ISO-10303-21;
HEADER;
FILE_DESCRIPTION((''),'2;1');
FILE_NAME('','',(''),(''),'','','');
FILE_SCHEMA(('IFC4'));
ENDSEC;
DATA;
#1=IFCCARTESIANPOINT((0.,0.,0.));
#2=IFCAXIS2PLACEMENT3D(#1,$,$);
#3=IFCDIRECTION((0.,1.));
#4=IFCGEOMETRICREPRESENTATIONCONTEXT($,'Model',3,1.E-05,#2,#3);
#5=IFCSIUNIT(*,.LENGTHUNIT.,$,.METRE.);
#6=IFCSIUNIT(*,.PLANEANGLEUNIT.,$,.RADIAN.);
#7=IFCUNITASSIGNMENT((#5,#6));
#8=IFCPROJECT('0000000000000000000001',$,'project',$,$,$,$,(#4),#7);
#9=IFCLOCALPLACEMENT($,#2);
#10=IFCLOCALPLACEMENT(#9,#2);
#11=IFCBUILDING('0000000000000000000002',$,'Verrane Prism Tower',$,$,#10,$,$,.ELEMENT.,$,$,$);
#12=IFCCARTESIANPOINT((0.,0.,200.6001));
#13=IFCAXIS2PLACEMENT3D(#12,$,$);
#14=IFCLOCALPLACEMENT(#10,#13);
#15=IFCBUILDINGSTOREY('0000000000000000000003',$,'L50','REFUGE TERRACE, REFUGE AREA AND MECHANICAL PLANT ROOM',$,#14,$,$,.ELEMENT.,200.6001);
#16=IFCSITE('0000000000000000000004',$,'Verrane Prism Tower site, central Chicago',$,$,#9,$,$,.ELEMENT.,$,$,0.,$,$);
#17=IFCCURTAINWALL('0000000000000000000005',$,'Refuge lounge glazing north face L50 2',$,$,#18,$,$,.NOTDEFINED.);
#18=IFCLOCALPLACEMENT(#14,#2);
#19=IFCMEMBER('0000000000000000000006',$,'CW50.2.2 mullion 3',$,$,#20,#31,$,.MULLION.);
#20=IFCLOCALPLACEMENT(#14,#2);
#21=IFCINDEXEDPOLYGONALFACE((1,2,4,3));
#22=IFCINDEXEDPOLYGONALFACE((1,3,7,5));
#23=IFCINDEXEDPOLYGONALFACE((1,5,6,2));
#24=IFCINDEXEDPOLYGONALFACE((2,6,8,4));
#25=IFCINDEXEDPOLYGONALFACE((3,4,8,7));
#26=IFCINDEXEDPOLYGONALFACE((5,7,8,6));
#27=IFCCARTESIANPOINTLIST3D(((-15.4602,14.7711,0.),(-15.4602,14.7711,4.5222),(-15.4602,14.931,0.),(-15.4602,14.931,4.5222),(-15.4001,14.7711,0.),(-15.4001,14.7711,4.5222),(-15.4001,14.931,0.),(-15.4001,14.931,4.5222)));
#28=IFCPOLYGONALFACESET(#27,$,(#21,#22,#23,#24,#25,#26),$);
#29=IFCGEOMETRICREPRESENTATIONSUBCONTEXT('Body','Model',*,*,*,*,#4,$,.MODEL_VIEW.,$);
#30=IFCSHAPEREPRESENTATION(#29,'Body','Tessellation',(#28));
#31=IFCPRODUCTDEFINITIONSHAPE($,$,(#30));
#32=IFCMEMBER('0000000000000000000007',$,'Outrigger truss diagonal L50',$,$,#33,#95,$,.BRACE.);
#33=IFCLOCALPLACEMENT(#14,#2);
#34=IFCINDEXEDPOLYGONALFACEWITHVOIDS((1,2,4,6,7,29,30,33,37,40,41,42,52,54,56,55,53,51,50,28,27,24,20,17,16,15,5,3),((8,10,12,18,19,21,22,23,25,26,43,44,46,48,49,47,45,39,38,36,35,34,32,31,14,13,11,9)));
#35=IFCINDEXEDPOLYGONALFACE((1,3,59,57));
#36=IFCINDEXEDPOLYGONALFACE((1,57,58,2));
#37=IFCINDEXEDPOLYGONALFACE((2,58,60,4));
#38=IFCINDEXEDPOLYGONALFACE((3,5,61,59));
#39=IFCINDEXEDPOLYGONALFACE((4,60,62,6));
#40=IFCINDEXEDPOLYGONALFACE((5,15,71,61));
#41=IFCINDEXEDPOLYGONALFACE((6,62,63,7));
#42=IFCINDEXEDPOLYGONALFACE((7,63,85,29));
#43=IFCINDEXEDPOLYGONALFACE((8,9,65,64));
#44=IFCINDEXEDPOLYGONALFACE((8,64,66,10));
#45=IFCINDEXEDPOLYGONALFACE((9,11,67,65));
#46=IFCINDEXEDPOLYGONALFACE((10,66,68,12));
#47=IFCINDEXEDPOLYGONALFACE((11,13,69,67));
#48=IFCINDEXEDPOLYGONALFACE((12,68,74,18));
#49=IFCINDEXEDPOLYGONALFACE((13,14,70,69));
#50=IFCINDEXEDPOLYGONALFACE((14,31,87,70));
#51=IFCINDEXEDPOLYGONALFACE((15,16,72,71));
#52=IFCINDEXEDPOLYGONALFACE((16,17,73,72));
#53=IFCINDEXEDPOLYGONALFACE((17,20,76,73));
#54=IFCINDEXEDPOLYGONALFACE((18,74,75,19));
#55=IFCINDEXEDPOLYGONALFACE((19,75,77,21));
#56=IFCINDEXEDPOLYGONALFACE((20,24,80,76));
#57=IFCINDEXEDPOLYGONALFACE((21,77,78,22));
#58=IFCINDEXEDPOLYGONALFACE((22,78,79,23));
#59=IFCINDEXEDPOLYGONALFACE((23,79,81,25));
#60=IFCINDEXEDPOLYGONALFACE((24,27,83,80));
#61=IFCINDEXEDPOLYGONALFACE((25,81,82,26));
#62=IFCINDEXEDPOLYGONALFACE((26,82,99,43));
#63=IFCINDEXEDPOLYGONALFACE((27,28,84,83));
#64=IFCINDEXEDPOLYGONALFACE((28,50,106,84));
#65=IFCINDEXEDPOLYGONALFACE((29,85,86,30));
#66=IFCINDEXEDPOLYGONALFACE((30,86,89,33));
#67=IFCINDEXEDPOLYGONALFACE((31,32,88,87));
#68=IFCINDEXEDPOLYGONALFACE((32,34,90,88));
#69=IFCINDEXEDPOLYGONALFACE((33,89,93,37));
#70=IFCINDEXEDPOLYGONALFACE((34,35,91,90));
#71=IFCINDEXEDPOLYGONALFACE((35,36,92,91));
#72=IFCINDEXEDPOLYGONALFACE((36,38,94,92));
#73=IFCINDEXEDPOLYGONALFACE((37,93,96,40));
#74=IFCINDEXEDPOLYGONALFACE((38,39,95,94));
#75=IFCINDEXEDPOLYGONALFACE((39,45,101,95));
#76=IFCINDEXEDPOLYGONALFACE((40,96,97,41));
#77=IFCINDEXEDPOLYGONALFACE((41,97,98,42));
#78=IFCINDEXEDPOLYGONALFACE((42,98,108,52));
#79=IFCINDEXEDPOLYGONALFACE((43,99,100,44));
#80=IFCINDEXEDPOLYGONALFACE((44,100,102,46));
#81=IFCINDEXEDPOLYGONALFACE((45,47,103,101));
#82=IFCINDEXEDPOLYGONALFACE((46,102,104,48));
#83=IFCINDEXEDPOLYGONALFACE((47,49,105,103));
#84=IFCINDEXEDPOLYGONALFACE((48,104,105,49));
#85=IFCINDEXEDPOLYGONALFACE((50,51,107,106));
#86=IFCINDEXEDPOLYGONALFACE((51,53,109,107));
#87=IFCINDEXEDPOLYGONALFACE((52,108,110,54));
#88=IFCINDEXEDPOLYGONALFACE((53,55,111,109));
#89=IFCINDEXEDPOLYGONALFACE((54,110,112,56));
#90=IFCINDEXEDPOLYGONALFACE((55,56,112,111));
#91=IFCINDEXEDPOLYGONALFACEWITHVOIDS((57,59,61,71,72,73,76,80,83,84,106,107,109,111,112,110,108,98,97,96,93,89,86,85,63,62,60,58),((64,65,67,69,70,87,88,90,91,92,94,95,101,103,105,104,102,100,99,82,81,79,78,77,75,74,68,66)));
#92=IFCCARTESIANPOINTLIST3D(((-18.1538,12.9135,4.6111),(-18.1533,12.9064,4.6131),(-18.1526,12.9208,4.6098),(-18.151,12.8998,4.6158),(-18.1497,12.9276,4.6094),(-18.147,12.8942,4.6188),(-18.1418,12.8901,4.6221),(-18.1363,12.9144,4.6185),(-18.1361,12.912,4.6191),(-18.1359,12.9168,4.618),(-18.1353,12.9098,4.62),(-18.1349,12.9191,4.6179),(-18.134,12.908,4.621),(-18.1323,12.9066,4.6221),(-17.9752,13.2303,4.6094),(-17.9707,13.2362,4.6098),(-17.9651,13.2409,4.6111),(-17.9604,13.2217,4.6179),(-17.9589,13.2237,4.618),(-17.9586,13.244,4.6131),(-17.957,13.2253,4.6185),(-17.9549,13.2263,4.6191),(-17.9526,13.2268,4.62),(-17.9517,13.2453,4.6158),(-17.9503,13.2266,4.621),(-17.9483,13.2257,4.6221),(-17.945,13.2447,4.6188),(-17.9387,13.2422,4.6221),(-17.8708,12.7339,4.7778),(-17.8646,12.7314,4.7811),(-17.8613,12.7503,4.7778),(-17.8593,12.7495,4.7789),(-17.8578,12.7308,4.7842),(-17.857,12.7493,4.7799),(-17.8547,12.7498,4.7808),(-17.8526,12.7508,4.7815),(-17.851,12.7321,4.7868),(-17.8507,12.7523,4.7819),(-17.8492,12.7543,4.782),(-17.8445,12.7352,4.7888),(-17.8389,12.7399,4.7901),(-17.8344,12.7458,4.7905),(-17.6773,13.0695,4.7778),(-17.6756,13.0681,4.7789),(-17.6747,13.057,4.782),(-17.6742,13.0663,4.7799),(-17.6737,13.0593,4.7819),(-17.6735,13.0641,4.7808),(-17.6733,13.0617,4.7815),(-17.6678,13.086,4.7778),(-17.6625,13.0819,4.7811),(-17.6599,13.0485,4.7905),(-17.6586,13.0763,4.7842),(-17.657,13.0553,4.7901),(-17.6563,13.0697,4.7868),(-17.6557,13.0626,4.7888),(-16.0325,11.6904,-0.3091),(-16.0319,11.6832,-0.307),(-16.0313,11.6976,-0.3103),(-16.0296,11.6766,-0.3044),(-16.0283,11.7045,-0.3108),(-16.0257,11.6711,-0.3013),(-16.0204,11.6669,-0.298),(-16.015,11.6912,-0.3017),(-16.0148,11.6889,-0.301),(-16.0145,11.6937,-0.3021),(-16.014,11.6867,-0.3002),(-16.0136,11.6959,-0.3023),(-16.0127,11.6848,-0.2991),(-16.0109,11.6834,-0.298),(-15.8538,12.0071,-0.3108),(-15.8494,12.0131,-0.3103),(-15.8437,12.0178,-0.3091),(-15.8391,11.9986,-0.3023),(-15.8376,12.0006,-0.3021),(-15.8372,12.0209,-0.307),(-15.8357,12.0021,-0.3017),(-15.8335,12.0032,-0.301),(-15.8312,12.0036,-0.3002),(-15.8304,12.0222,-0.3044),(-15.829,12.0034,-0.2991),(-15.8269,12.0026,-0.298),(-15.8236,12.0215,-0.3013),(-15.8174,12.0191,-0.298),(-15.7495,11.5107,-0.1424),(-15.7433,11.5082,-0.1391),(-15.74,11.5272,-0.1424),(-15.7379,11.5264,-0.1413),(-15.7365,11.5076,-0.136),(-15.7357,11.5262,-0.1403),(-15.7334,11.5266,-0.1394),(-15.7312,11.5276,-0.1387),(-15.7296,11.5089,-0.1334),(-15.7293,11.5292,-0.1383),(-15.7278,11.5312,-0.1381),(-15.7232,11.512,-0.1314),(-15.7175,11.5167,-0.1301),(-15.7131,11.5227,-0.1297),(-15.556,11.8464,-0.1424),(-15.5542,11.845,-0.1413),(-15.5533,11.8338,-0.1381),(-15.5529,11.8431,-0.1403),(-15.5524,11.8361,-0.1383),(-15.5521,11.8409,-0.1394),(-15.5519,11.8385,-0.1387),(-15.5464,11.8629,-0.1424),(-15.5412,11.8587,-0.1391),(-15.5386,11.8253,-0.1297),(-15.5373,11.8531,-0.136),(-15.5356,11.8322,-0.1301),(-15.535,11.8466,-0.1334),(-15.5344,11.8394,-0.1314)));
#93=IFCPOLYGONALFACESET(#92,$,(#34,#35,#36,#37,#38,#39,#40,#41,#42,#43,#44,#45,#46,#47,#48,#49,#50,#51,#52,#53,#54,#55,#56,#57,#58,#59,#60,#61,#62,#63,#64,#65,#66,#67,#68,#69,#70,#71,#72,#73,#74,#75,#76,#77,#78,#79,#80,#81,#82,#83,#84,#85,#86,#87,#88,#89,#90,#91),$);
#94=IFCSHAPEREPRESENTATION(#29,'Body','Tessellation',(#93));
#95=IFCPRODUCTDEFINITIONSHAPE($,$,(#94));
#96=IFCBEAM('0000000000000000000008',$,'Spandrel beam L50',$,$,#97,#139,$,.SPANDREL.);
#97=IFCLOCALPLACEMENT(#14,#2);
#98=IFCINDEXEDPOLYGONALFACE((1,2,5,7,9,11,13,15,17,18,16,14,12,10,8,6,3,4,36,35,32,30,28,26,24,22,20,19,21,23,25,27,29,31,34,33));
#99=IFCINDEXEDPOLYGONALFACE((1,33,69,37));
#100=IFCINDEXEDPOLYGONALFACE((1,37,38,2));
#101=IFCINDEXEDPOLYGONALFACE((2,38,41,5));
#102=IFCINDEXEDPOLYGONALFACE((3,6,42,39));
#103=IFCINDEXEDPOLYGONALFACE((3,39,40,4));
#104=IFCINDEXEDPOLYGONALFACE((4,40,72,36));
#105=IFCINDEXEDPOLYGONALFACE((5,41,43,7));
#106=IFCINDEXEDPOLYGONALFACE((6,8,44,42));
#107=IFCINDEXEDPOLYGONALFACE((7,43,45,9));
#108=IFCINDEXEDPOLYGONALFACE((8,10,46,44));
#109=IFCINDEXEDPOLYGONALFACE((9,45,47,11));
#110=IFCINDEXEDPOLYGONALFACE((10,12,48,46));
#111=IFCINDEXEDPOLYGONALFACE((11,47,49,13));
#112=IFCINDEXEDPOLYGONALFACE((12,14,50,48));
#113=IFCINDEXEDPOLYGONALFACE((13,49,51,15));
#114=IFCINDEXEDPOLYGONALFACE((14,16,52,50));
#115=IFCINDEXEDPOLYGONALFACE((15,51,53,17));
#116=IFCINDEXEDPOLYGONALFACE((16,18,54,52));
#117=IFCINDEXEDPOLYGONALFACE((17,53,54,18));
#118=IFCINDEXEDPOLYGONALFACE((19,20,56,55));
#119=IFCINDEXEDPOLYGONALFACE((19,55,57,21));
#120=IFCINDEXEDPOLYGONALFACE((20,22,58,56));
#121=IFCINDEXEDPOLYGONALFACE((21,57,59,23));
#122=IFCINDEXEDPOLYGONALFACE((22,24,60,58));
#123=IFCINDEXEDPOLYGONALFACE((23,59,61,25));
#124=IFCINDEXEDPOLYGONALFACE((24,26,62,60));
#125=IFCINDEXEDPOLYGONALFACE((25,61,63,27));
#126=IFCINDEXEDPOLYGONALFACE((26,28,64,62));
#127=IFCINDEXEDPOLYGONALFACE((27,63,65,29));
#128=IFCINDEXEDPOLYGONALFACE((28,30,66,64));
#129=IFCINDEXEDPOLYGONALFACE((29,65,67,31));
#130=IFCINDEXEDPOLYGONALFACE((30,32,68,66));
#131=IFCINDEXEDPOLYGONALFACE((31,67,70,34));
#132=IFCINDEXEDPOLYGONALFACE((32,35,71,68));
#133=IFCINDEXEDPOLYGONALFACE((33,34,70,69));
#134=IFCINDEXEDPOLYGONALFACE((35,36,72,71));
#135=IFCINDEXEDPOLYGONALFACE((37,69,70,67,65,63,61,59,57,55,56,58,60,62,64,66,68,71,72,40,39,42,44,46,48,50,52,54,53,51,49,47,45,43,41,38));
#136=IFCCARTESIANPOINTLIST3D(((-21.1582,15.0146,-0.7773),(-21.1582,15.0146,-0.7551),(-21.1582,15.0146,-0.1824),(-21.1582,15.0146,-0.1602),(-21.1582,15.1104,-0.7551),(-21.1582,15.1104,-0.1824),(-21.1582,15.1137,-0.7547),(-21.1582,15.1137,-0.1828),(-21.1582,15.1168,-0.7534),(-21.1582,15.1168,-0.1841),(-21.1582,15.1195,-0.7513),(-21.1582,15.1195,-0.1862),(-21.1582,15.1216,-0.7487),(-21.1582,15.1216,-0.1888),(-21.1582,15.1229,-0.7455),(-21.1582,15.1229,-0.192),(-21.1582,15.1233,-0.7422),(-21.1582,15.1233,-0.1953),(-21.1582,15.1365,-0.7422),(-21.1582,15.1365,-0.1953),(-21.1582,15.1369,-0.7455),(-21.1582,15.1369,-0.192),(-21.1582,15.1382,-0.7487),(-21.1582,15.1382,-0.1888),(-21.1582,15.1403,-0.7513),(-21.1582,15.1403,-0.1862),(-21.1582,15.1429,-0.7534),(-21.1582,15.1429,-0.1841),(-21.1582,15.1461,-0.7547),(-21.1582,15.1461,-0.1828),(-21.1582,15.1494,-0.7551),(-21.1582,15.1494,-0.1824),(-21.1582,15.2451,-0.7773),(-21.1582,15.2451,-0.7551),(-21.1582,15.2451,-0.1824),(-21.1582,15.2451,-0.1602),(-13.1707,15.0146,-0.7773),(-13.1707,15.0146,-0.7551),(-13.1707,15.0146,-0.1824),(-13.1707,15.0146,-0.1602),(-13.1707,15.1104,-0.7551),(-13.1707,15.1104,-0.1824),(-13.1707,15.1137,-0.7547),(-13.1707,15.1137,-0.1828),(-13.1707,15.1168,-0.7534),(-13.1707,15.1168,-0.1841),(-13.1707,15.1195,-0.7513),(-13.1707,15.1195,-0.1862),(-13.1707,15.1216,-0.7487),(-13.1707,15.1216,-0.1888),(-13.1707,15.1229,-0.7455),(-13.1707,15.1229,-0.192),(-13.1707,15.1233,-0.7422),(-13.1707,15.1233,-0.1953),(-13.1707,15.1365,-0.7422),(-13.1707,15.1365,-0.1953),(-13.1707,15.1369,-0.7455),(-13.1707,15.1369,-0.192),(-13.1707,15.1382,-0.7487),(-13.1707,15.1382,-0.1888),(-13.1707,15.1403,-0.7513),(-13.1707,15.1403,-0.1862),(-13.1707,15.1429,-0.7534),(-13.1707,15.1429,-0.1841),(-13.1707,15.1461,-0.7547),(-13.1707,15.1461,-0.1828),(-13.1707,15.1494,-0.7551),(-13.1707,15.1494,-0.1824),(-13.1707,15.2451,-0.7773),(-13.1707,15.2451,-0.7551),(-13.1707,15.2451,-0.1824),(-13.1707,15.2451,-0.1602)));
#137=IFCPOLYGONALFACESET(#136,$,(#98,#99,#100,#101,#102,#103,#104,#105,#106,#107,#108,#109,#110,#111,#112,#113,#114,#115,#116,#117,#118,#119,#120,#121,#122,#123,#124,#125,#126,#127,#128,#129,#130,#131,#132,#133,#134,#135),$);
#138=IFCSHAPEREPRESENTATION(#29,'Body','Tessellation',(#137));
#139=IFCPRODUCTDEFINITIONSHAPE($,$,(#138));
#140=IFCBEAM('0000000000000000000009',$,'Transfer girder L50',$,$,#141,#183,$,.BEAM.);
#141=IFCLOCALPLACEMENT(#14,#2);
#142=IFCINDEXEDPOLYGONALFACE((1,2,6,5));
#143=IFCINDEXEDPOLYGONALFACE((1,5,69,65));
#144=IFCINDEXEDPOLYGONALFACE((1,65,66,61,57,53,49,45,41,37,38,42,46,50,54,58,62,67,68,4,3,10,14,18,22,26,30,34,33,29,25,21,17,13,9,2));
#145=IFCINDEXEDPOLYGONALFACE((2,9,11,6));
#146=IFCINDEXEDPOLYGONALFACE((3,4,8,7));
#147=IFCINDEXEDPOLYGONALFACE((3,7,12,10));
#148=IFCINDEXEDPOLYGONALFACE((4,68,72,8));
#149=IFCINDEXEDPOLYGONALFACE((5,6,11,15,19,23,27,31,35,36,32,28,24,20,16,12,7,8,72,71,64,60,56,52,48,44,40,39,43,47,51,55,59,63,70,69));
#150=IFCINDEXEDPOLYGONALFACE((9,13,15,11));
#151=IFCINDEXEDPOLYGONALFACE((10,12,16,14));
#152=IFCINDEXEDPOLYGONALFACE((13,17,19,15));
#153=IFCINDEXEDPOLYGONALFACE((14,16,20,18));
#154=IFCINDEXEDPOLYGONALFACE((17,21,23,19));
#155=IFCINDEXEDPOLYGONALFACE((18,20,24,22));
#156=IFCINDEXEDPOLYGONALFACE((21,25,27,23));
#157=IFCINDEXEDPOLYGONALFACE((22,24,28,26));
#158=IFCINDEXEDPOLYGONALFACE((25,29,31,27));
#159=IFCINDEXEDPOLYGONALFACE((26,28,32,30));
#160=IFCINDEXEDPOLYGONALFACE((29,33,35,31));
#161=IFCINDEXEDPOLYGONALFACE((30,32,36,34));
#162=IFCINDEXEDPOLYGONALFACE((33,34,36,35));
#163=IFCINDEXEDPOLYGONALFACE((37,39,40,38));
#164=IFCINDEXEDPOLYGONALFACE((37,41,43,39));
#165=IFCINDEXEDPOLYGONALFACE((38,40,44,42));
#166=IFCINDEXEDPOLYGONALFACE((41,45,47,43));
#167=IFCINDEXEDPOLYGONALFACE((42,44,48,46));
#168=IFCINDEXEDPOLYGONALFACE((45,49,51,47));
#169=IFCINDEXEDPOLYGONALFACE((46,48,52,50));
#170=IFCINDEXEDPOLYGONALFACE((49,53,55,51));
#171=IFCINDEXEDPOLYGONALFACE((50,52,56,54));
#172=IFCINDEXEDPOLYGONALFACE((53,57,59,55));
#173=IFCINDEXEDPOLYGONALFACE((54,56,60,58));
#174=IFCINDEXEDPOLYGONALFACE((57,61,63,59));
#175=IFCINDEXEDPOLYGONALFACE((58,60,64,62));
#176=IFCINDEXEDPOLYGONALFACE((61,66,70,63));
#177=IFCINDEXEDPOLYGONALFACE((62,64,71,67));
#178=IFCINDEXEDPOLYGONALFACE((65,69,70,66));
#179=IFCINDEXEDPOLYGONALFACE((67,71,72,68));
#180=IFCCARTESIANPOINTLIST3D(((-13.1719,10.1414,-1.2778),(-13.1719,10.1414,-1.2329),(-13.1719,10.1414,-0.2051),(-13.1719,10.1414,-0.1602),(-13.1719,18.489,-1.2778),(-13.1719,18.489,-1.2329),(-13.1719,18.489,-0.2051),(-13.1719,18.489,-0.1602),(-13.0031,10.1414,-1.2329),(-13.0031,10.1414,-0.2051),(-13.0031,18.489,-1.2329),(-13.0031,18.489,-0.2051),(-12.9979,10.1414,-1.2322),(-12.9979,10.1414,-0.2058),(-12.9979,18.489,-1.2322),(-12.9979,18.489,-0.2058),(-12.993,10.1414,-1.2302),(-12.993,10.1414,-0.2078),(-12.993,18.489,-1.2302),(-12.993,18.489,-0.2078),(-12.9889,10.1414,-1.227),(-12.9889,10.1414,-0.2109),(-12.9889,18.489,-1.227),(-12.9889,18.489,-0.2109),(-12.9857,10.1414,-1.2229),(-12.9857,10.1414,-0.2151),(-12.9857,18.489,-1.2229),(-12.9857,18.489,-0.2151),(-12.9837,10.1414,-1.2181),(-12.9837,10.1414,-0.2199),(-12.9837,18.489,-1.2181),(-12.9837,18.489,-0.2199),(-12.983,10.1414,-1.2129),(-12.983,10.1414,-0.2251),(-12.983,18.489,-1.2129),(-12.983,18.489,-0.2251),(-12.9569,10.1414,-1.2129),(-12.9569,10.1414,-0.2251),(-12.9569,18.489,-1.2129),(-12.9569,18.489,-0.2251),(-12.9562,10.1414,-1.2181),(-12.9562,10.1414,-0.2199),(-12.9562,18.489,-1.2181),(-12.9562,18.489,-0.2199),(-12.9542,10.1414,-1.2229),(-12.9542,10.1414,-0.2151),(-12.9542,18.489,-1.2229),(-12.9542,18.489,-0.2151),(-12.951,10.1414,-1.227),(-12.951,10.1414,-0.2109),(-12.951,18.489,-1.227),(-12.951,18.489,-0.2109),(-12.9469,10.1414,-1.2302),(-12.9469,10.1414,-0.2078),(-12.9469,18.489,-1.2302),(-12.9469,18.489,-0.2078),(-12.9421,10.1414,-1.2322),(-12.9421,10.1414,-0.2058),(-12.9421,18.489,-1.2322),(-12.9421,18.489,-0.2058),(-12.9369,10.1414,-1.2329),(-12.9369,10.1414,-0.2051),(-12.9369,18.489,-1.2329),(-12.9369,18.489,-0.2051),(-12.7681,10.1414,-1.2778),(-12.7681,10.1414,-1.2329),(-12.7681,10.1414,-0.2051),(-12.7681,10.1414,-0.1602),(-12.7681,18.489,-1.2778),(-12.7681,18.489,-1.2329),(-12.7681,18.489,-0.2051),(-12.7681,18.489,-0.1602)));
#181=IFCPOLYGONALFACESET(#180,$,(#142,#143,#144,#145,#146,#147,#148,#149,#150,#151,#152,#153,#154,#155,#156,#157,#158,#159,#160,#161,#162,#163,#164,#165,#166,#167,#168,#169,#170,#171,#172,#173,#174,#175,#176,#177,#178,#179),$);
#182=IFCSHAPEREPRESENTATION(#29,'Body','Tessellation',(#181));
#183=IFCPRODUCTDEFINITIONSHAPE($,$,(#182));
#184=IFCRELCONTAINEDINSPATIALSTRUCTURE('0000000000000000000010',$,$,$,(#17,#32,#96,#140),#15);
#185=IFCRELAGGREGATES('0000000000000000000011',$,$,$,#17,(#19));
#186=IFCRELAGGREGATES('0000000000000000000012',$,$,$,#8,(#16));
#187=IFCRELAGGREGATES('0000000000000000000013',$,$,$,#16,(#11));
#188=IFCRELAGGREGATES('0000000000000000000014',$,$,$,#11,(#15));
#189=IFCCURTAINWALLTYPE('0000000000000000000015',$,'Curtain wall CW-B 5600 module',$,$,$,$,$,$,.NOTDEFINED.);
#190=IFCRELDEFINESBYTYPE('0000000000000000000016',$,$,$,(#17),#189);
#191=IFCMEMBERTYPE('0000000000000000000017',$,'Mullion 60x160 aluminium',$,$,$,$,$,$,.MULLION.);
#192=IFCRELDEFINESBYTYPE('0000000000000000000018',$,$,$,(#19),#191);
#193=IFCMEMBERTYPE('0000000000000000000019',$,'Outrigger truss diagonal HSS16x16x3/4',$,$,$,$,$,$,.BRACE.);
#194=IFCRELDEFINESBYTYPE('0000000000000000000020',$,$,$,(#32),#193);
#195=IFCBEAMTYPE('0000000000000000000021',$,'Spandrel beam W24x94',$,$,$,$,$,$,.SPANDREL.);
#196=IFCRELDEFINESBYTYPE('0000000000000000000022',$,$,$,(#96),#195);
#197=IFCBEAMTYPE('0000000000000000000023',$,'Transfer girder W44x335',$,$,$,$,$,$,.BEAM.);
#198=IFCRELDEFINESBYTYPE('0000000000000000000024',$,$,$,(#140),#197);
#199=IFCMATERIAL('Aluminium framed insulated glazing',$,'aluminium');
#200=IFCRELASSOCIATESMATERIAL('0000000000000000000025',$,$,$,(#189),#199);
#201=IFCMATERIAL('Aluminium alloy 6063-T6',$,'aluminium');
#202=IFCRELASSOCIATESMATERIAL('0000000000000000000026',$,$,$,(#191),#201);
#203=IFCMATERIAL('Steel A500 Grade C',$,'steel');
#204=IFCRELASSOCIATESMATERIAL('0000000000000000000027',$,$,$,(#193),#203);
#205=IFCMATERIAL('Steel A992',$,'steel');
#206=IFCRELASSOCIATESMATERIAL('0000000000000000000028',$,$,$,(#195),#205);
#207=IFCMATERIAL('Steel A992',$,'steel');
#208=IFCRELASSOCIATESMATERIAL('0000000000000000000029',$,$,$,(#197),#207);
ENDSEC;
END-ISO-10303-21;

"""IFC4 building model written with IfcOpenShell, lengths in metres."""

from ifc_helpers import new_model, si_unit, direction, frame, origin, origin_2d, place, context, subcontext, project, spatial, rectangle, hollow_rectangle, i_section, extrude, material, material_profile, profile_set, type_object, element, aggregate, save


model = new_model("IFC4")

# Units and contexts
model_context = context("Model", 3, precision=1e-05, world=origin(), true_north=direction((0.0, 1.0)))
body_context = subcontext(model_context, "Body", "Model", "MODEL_VIEW")
ifc_project = project(units=[si_unit("LENGTHUNIT", "METRE"), si_unit("PLANEANGLEUNIT", "RADIAN")], contexts=[model_context])

# Site, building, storey
site_placement = place(None, origin())
site = spatial("IfcSite", under=ifc_project, at=site_placement, Name="Verrane Prism Tower site, central Chicago", CompositionType="ELEMENT", RefElevation=0.0)
building_placement = place(site_placement, origin())
building = spatial("IfcBuilding", under=site, at=building_placement, Name="Verrane Prism Tower", CompositionType="ELEMENT")
storey_placement = place(building_placement, frame((0.0, 0.0, 200.6001)))
storey = spatial("IfcBuildingStorey", under=building, at=storey_placement, Name="L50", Description="REFUGE TERRACE, REFUGE AREA AND MECHANICAL PLANT ROOM", CompositionType="ELEMENT", Elevation=200.6001)

# Curtain wall, member
ifc_material_1 = material(Name="Aluminium framed insulated glazing", Category="aluminium")
curtain_wall_type = type_object("IfcCurtainWallType", Name="Curtain wall CW-B 5600 module", PredefinedType="NOTDEFINED", material=ifc_material_1)
curtain_wall_placement = place(storey_placement, origin())
curtain_wall = element("IfcCurtainWall", 1, at=curtain_wall_placement, inside=storey, type_object=curtain_wall_type, Name="Refuge lounge glazing north face L50 2", PredefinedType="NOTDEFINED")
ifc_material_2 = material(Name="Aluminium alloy 6063-T6", Category="aluminium")
ifc_material_profile_1 = material_profile(ifc_material_2, rectangle(XDim=0.1599, YDim=0.0601, at=origin_2d()), Name="Mullion 60x160 aluminium")
ifc_profile_set_1 = profile_set([ifc_material_profile_1], Name="Aluminium alloy 6063-T6")
member_type_1 = type_object("IfcMemberType", Name="Mullion 60x160 aluminium", PredefinedType="MULLION", material=ifc_profile_set_1)
member_1_placement = place(storey_placement, frame((-15.4302, 14.8511, 0.0), z_axis=(0.0, 0.0, 1.0), x_axis=(0.0, -1.0, 0.0)))
member_1 = element("IfcMember", 2, at=member_1_placement, type_object=member_type_1, Name="CW50.2.2 mullion 3", PredefinedType="MULLION", context=body_context, shape_type="SweptSolid", body=[
    extrude(rectangle(XDim=0.1599, YDim=0.0601, at=origin_2d()), origin(), (0.0, 0.0, 1.0), 4.5222),
])

# Member
ifc_material_3 = material(Name="Steel A500 Grade C", Category="steel")
ifc_material_profile_2 = material_profile(ifc_material_3, hollow_rectangle(XDim=0.4065, YDim=0.4065, WallThickness=0.019, InnerFilletRadius=0.0095, OuterFilletRadius=0.0286, at=origin_2d()), Name="HSS16x16x3/4")
ifc_profile_set_2 = profile_set([ifc_material_profile_2], Name="Steel A500 Grade C")
member_type_2 = type_object("IfcMemberType", Name="Outrigger truss diagonal HSS16x16x3/4", PredefinedType="BRACE", material=ifc_profile_set_2)
member_2_placement = place(storey_placement, frame((-15.7834, 11.7649, -0.2202), z_axis=(-0.38599, 0.222558, 0.895254), x_axis=(-0.499507, -0.86631, 0.0)))
element("IfcMember", 3, at=member_2_placement, inside=storey, type_object=member_type_2, Name="Outrigger truss diagonal L50", PredefinedType="BRACE", context=body_context, shape_type="SweptSolid", body=[
    extrude(hollow_rectangle(XDim=0.4065, YDim=0.4065, WallThickness=0.019, InnerFilletRadius=0.0095, OuterFilletRadius=0.0286, at=origin_2d()), origin(), (0.0, 0.0, 1.0), 5.4958),
])

# Beams
ifc_material_4 = material(Name="Steel A992", Category="steel")
ifc_material_profile_3 = material_profile(ifc_material_4, i_section(OverallWidth=0.2305, OverallDepth=0.6172, WebThickness=0.0132, FlangeThickness=0.0222, FilletRadius=0.0129, at=origin_2d()), Name="W24x94")
ifc_profile_set_3 = profile_set([ifc_material_profile_3], Name="Steel A992")
beam_type_1 = type_object("IfcBeamType", Name="Spandrel beam W24x94", PredefinedType="SPANDREL", material=ifc_profile_set_3)
beam_1_placement = place(storey_placement, frame((-13.1707, 15.1299, -0.4688), z_axis=(-1.0, 0.0, 0.0), x_axis=(0.0, -1.0, 0.0)))
element("IfcBeam", 4, at=beam_1_placement, inside=storey, type_object=beam_type_1, Name="Spandrel beam L50", PredefinedType="SPANDREL", context=body_context, shape_type="SweptSolid", body=[
    extrude(i_section(OverallWidth=0.2305, OverallDepth=0.6172, WebThickness=0.0132, FlangeThickness=0.0222, FilletRadius=0.0129, at=origin_2d()), origin(), (0.0, 0.0, 1.0), 7.9875),
])
ifc_material_5 = material(Name="Steel A992", Category="steel")
ifc_material_profile_4 = material_profile(ifc_material_5, i_section(OverallWidth=0.4038, OverallDepth=1.1177, WebThickness=0.0261, FlangeThickness=0.0449, FilletRadius=0.02, at=origin_2d()), Name="W44x335")
ifc_profile_set_4 = profile_set([ifc_material_profile_4], Name="Steel A992")
beam_type_2 = type_object("IfcBeamType", Name="Transfer girder W44x335", PredefinedType="BEAM", material=ifc_profile_set_4)
beam_2_placement = place(storey_placement, frame((-12.97, 18.489, -0.719), z_axis=(0.0, -1.0, 0.0), x_axis=(1.0, 0.0, 0.0)))
element("IfcBeam", 5, at=beam_2_placement, inside=storey, type_object=beam_type_2, Name="Transfer girder L50", PredefinedType="BEAM", context=body_context, shape_type="SweptSolid", body=[
    extrude(i_section(OverallWidth=0.4038, OverallDepth=1.1177, WebThickness=0.0261, FlangeThickness=0.0449, FilletRadius=0.02, at=origin_2d()), origin(), (0.0, 0.0, 1.0), 8.3477),
])

aggregate(curtain_wall, [member_1])

save(model, "model.ifc")
